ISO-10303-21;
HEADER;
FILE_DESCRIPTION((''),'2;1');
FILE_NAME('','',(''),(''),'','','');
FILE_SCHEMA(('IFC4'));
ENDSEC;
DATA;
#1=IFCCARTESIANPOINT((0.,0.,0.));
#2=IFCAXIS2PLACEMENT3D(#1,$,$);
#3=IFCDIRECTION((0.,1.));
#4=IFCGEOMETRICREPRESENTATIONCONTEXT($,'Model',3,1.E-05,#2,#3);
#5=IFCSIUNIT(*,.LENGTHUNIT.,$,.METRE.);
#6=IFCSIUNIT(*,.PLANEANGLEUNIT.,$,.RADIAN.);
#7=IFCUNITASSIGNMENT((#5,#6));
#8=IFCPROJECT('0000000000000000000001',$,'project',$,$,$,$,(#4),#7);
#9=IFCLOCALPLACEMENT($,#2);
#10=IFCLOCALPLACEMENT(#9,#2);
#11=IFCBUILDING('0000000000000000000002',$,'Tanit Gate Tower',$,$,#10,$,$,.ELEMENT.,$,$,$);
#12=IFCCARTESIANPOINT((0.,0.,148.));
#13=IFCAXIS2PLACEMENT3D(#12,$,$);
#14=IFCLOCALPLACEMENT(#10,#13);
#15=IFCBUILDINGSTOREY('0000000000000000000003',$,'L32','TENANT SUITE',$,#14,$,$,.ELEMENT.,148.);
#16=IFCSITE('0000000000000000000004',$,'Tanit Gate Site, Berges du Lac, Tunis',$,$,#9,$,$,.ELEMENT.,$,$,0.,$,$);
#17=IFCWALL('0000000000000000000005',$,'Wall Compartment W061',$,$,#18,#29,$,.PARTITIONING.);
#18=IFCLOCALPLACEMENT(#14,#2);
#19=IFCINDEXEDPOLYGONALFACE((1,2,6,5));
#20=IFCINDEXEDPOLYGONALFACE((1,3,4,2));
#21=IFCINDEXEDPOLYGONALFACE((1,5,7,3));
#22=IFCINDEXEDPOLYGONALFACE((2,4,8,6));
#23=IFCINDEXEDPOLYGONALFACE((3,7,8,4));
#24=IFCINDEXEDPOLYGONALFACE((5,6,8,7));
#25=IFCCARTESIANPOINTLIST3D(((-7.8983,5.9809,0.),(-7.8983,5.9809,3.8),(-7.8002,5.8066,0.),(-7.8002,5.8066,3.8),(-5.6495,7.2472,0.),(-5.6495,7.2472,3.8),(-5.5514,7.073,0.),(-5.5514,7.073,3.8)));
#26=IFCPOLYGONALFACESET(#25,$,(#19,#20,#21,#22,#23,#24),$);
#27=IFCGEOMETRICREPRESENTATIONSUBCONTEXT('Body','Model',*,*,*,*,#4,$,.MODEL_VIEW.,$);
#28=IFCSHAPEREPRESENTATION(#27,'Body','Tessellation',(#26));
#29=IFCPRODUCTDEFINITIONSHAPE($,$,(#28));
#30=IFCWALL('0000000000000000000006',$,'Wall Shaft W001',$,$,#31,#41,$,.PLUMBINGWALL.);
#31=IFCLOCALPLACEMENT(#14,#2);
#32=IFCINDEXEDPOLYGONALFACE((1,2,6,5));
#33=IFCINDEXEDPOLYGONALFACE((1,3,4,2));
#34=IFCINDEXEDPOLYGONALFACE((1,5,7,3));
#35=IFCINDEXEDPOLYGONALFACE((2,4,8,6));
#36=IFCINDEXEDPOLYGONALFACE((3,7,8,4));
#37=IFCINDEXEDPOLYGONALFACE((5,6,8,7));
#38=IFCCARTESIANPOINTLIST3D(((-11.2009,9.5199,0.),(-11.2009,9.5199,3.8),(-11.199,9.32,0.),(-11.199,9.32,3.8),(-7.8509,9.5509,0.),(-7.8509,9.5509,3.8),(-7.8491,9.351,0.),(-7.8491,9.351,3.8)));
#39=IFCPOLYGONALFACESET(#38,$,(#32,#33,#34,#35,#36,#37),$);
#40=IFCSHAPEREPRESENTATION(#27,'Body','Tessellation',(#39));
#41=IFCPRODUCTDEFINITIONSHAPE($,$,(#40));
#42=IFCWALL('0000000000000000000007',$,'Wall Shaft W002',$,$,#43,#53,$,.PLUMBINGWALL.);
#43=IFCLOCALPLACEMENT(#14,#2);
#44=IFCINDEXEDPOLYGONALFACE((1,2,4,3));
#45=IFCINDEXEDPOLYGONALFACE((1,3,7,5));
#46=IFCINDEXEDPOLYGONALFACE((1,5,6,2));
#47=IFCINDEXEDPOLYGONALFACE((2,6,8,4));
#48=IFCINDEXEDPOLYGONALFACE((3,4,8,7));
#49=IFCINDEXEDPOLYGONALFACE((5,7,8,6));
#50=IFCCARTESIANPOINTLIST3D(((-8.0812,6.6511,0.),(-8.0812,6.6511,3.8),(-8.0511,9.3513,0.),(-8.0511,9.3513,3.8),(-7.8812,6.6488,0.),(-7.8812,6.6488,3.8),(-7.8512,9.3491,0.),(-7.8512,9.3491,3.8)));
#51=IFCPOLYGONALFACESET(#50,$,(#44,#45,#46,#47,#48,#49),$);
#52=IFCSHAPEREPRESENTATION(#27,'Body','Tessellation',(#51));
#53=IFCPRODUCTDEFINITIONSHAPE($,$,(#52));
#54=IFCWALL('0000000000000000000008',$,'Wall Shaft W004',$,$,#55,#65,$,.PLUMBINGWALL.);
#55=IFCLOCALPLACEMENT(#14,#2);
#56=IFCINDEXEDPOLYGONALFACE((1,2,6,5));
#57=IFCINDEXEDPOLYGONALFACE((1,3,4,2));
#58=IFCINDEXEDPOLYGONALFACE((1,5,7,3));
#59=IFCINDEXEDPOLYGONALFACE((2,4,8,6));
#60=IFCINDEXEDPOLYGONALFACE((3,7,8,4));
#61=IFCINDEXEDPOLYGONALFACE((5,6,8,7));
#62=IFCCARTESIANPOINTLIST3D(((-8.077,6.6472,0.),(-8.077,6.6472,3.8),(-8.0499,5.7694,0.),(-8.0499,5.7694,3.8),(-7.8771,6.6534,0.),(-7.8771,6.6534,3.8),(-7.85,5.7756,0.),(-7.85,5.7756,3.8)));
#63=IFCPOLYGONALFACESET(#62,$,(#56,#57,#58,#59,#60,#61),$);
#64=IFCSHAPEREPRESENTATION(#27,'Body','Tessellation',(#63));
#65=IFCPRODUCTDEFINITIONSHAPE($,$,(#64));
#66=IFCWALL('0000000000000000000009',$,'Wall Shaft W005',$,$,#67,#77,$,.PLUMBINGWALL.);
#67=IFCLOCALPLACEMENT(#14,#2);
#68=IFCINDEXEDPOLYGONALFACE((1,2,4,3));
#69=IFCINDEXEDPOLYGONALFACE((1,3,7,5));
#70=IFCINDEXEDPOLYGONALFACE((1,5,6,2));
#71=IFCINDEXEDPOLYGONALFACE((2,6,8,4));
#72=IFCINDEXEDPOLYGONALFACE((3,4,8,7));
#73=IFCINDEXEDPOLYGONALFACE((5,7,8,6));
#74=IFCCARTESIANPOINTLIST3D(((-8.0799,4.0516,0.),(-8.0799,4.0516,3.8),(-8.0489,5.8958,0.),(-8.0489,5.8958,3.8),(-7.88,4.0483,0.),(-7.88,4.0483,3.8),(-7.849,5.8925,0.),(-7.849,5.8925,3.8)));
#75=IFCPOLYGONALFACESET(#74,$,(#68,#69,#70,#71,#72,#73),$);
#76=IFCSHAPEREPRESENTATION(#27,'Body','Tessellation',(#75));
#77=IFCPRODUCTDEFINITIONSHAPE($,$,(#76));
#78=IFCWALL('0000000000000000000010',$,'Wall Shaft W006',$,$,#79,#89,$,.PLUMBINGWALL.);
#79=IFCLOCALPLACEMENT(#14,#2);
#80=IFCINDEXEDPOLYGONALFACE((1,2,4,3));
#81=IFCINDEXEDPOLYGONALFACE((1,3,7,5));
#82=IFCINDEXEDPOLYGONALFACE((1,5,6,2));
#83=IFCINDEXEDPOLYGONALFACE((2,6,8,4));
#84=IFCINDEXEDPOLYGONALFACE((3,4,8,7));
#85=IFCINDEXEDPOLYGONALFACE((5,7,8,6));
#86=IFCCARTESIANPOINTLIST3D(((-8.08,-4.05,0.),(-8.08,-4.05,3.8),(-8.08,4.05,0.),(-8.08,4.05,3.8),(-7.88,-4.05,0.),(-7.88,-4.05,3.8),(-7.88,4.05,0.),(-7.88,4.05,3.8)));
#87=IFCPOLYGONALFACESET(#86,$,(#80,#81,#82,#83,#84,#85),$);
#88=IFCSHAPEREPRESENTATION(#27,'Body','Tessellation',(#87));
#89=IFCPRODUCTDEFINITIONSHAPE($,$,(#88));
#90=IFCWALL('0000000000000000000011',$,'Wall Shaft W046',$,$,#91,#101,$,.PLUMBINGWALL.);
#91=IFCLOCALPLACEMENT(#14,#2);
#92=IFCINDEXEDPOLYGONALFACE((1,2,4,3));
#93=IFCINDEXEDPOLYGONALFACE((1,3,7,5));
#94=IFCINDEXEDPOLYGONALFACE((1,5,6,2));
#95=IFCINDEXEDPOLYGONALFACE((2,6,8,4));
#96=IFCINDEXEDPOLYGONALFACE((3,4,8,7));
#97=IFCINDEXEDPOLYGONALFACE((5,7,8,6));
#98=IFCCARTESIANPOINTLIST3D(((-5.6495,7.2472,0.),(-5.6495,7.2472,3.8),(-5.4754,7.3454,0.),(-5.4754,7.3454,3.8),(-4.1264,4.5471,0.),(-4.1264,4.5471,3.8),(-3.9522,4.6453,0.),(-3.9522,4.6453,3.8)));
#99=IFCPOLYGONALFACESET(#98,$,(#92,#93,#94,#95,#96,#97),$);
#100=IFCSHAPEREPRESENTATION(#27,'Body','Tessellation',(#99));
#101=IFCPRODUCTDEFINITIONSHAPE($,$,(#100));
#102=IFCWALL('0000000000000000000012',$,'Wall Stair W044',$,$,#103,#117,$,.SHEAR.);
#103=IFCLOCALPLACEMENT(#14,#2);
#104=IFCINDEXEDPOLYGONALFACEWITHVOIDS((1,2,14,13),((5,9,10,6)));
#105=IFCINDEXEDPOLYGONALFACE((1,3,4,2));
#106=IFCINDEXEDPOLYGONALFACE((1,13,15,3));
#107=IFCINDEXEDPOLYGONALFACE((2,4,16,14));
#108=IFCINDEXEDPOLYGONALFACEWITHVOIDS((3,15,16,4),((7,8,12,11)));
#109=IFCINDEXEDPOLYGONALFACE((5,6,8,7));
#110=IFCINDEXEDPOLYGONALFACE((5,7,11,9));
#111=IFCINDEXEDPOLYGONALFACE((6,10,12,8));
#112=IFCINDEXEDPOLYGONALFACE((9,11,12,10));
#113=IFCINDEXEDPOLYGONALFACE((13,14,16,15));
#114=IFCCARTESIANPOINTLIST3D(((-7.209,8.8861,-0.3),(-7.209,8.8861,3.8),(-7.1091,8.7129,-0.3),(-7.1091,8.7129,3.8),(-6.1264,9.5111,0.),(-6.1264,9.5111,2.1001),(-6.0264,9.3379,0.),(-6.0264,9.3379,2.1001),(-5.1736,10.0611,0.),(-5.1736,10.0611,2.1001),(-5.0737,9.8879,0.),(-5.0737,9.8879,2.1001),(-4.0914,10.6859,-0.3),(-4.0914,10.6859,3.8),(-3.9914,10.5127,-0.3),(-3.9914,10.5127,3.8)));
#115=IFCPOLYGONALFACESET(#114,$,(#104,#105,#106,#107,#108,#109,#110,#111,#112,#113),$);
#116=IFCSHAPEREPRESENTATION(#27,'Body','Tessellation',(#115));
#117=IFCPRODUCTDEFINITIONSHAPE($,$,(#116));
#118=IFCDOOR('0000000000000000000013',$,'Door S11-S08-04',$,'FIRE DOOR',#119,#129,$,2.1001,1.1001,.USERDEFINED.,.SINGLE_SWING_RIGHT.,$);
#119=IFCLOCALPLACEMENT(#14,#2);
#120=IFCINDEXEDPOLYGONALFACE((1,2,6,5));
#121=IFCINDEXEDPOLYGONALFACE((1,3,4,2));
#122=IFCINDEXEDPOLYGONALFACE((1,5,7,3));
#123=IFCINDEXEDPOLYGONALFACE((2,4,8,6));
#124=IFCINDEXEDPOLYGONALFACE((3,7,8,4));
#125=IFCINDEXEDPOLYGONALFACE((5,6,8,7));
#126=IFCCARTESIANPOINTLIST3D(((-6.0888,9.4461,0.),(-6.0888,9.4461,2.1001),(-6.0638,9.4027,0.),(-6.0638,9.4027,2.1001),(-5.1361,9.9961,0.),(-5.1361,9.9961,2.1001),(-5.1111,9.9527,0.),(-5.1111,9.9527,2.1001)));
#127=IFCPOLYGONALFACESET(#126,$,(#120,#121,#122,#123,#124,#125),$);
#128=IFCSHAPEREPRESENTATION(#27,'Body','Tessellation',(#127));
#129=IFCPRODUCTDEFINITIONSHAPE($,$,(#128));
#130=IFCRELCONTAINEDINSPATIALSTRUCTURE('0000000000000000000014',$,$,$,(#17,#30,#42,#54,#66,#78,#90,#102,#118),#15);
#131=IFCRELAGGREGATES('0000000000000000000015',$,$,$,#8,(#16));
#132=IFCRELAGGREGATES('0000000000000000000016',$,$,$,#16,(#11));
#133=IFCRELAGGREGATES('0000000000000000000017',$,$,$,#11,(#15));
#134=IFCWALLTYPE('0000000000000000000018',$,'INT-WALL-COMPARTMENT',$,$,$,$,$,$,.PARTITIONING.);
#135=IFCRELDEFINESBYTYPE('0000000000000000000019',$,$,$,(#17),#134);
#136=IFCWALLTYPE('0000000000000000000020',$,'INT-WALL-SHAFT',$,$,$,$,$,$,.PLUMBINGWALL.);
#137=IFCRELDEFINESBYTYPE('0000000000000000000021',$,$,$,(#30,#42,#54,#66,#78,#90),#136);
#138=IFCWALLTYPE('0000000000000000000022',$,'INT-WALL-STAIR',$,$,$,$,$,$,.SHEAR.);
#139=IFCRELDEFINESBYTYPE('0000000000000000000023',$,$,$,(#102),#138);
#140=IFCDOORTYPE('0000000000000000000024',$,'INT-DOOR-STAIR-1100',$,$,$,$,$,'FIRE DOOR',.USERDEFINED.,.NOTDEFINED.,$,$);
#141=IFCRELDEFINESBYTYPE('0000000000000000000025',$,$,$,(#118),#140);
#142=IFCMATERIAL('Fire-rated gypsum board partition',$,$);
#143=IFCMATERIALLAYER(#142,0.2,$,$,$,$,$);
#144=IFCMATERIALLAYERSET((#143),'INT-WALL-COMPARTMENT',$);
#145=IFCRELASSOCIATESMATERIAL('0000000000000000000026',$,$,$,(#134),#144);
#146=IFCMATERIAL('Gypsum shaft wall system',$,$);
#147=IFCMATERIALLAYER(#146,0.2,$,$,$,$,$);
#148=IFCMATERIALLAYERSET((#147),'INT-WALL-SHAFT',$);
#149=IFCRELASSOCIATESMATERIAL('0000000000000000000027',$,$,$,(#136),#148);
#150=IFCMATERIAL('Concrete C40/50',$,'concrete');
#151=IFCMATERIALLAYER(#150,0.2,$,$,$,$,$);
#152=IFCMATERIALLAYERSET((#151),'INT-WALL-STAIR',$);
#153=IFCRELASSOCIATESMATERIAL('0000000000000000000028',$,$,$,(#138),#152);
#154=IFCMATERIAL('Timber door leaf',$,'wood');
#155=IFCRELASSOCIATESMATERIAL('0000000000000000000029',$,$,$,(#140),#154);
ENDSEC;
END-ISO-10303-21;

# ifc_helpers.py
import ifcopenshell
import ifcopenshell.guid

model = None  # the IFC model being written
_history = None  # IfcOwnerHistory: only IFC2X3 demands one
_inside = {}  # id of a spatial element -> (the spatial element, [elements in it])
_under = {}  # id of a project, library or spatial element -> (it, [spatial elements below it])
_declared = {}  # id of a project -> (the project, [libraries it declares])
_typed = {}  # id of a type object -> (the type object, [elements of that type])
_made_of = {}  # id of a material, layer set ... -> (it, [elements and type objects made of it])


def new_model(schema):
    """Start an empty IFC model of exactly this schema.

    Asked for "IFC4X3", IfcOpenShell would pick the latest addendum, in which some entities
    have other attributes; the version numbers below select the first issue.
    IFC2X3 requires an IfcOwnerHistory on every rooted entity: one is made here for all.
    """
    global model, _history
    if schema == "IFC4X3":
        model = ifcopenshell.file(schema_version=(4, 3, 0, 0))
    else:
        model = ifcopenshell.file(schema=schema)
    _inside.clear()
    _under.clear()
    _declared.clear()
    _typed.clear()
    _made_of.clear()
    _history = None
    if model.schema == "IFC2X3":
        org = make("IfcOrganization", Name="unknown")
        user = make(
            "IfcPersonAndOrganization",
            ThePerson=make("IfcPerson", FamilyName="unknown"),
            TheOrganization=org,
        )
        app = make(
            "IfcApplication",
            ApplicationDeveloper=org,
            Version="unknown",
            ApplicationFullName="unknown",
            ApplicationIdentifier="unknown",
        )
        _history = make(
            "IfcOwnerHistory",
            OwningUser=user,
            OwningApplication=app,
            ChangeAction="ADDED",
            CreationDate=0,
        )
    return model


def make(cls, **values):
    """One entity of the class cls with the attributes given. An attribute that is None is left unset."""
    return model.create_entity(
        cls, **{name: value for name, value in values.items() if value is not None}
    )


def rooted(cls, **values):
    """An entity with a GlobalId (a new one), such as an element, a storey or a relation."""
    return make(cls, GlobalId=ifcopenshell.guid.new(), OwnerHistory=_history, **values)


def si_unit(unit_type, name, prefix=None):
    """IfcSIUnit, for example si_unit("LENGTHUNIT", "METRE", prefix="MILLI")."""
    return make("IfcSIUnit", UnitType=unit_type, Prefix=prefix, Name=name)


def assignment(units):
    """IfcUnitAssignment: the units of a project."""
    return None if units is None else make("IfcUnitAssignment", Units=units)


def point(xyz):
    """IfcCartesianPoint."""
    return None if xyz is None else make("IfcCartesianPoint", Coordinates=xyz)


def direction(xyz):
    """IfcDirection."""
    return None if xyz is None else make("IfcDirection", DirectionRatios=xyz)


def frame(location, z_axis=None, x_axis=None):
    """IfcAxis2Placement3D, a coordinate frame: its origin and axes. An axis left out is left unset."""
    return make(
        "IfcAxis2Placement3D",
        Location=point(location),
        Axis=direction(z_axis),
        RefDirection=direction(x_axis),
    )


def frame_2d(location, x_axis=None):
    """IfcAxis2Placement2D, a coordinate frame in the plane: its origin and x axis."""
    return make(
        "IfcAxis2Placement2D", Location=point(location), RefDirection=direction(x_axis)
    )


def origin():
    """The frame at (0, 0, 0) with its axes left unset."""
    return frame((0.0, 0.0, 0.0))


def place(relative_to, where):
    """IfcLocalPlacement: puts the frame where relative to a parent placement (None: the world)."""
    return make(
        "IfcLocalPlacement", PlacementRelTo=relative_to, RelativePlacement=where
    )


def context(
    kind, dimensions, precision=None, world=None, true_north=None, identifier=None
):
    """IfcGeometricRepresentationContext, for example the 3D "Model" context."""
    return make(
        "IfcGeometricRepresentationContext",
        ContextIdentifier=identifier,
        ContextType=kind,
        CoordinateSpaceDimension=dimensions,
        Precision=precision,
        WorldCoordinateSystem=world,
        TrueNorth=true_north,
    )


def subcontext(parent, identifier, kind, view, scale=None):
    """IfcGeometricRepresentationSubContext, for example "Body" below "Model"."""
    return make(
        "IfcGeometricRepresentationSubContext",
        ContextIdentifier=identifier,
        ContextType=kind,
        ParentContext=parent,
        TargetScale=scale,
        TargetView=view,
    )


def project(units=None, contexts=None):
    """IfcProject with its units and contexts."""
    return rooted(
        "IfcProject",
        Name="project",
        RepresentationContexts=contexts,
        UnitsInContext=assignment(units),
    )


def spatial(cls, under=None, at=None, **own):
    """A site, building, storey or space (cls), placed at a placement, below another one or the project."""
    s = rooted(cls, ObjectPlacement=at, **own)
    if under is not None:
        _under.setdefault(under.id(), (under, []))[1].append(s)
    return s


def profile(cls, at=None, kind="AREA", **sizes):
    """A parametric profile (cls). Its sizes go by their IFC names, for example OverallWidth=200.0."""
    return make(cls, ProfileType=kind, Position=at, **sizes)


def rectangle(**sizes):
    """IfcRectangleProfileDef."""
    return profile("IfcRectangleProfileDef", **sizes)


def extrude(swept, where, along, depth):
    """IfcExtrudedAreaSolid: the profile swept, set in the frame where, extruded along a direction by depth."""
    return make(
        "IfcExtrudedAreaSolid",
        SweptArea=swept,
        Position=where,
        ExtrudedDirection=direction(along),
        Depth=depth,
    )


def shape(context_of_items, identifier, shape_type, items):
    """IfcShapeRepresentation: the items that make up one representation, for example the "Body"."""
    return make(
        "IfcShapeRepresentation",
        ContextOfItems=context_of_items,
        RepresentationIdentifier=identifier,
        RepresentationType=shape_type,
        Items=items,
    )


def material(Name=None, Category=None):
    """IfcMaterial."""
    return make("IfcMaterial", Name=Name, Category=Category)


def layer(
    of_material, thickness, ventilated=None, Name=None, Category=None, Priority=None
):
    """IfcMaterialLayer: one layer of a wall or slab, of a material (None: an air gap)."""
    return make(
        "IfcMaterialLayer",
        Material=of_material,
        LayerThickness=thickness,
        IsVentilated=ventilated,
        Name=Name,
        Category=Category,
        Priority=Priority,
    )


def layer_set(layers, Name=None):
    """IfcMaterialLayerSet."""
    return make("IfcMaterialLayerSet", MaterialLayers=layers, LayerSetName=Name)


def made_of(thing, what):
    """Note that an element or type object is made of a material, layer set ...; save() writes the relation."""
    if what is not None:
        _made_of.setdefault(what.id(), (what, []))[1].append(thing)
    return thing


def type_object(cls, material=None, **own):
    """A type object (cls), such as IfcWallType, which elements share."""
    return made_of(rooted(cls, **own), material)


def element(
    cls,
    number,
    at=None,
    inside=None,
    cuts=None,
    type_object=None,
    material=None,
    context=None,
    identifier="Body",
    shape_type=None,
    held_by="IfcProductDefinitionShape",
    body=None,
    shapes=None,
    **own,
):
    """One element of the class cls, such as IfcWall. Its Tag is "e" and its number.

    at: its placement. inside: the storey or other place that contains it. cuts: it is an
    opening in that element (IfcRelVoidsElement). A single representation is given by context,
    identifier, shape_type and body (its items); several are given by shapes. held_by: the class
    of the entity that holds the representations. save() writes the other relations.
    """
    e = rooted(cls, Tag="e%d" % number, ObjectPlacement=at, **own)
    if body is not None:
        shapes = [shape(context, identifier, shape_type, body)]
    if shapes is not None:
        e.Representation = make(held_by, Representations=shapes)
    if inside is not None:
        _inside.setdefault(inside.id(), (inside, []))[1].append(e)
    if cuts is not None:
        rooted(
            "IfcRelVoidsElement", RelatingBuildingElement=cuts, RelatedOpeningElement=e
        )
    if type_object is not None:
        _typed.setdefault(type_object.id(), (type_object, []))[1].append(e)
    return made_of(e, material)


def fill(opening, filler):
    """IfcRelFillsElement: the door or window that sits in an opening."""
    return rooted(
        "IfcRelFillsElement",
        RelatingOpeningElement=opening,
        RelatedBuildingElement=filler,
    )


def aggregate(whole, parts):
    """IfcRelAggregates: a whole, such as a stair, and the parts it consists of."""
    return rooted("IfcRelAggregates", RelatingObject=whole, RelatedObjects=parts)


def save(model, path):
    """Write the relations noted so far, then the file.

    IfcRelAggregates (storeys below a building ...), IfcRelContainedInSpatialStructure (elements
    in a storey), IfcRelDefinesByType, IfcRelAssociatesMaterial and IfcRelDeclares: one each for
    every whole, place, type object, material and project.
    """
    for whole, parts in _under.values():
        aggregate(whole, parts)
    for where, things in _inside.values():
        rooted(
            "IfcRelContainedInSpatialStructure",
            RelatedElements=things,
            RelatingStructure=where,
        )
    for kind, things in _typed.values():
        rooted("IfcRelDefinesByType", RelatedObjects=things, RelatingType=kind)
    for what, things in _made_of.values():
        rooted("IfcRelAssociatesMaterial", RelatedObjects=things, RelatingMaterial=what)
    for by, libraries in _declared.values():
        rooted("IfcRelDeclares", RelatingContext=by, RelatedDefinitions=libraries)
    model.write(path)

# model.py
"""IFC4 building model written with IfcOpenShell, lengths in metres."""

from ifc_helpers import new_model, si_unit, direction, frame, frame_2d, origin, place, context, subcontext, project, spatial, rectangle, extrude, material, layer, layer_set, type_object, element, fill, save


model = new_model("IFC4")

# Units and contexts
model_context = context("Model", 3, precision=1e-05, world=origin(), true_north=direction((0.0, 1.0)))
body_context = subcontext(model_context, "Body", "Model", "MODEL_VIEW")
ifc_project = project(units=[si_unit("LENGTHUNIT", "METRE"), si_unit("PLANEANGLEUNIT", "RADIAN")], contexts=[model_context])

# Site, building, storey
site_placement = place(None, origin())
site = spatial("IfcSite", under=ifc_project, at=site_placement, Name="Tanit Gate Site, Berges du Lac, Tunis", CompositionType="ELEMENT", RefElevation=0.0)
building_placement = place(site_placement, origin())
building = spatial("IfcBuilding", under=site, at=building_placement, Name="Tanit Gate Tower", CompositionType="ELEMENT")
storey_placement = place(building_placement, frame((0.0, 0.0, 148.0)))
storey = spatial("IfcBuildingStorey", under=building, at=storey_placement, Name="L32", Description="TENANT SUITE", CompositionType="ELEMENT", Elevation=148.0)

# Walls
ifc_material_1 = material(Name="Fire-rated gypsum board partition")
ifc_layer_1 = layer(ifc_material_1, 0.2)
ifc_layer_set_1 = layer_set([ifc_layer_1], Name="INT-WALL-COMPARTMENT")
wall_type_1 = type_object("IfcWallType", Name="INT-WALL-COMPARTMENT", PredefinedType="PARTITIONING", material=ifc_layer_set_1)
wall_1_placement = place(storey_placement, frame((-5.6003, 7.1602, 0.0), z_axis=(0.0, 0.0, 1.0), x_axis=(-0.87134, -0.490679, 0.0)))
element("IfcWall", 1, at=wall_1_placement, inside=storey, type_object=wall_type_1, Name="Wall Compartment W061", PredefinedType="PARTITIONING", context=body_context, shape_type="SweptSolid", body=[
    extrude(rectangle(XDim=2.5808, YDim=0.2, at=frame_2d((1.2905, 0.0))), origin(), (0.0, 0.0, 1.0), 3.8),
])
ifc_material_2 = material(Name="Gypsum shaft wall system")
ifc_layer_2 = layer(ifc_material_2, 0.2)
ifc_layer_set_2 = layer_set([ifc_layer_2], Name="INT-WALL-SHAFT")
wall_type_2 = type_object("IfcWallType", Name="INT-WALL-SHAFT", PredefinedType="PLUMBINGWALL", material=ifc_layer_set_2)
wall_2_placement = place(storey_placement, frame((-11.2, 9.4199, 0.0), z_axis=(0.0, 0.0, 1.0), x_axis=(0.999957, 0.009255, 0.0)))
element("IfcWall", 2, at=wall_2_placement, inside=storey, type_object=wall_type_2, Name="Wall Shaft W001", PredefinedType="PLUMBINGWALL", context=body_context, shape_type="SweptSolid", body=[
    extrude(rectangle(XDim=3.3501, YDim=0.2, at=frame_2d((1.675, 0.0))), origin(), (0.0, 0.0, 1.0), 3.8),
])
wall_3_placement = place(storey_placement, frame((-7.9512, 9.3501, 0.0), z_axis=(0.0, 0.0, 1.0), x_axis=(-0.01112, -0.999938, 0.0)))
element("IfcWall", 3, at=wall_3_placement, inside=storey, type_object=wall_type_2, Name="Wall Shaft W002", PredefinedType="PLUMBINGWALL", context=body_context, shape_type="SweptSolid", body=[
    extrude(rectangle(XDim=2.7004, YDim=0.2, at=frame_2d((1.3501, 0.0))), origin(), (0.0, 0.0, 1.0), 3.8),
])
wall_4_placement = place(storey_placement, frame((-7.9771, 6.6501, 0.0), z_axis=(0.0, 0.0, 1.0), x_axis=(0.030862, -0.999524, 0.0)))
element("IfcWall", 4, at=wall_4_placement, inside=storey, type_object=wall_type_2, Name="Wall Shaft W004", PredefinedType="PLUMBINGWALL", context=body_context, shape_type="SweptSolid", body=[
    extrude(rectangle(XDim=0.8782, YDim=0.2, at=frame_2d((0.439, 0.0))), origin(), (0.0, 0.0, 1.0), 3.8),
])
wall_5_placement = place(storey_placement, frame((-7.949, 5.8943, 0.0), z_axis=(0.0, 0.0, 1.0), x_axis=(-0.01681, -0.999859, 0.0)))
element("IfcWall", 5, at=wall_5_placement, inside=storey, type_object=wall_type_2, Name="Wall Shaft W005", PredefinedType="PLUMBINGWALL", context=body_context, shape_type="SweptSolid", body=[
    extrude(rectangle(XDim=1.8445, YDim=0.2, at=frame_2d((0.9224, 0.0))), origin(), (0.0, 0.0, 1.0), 3.8),
])
wall_6_placement = place(storey_placement, frame((-7.98, 4.05, 0.0), z_axis=(0.0, 0.0, 1.0), x_axis=(0.0, -1.0, 0.0)))
element("IfcWall", 6, at=wall_6_placement, inside=storey, type_object=wall_type_2, Name="Wall Shaft W006", PredefinedType="PLUMBINGWALL", context=body_context, shape_type="SweptSolid", body=[
    extrude(rectangle(XDim=8.1001, YDim=0.2, at=frame_2d((4.05, 0.0))), origin(), (0.0, 0.0, 1.0), 3.8),
])

# Wall
wall_7_placement = place(storey_placement, frame((-4.0393, 4.5962, 0.0), z_axis=(0.0, 0.0, 1.0), x_axis=(-0.491323, 0.870978, 0.0)))
element("IfcWall", 7, at=wall_7_placement, inside=storey, type_object=wall_type_2, Name="Wall Shaft W046", PredefinedType="PLUMBINGWALL", context=body_context, shape_type="SweptSolid", body=[
    extrude(rectangle(XDim=3.1001, YDim=0.2, at=frame_2d((1.55, 0.0))), origin(), (0.0, 0.0, 1.0), 3.8),
])

# Wall, opening, door
ifc_material_3 = material(Name="Concrete C40/50", Category="concrete")
ifc_layer_3 = layer(ifc_material_3, 0.2)
ifc_layer_set_3 = layer_set([ifc_layer_3], Name="INT-WALL-STAIR")
wall_type_3 = type_object("IfcWallType", Name="INT-WALL-STAIR", PredefinedType="SHEAR", material=ifc_layer_set_3)
wall_8_placement = place(storey_placement, frame((-7.1589, 8.7996, -0.3), z_axis=(0.0, 0.0, 1.0), x_axis=(0.866048, 0.499961, 0.0)))
wall_8 = element("IfcWall", 8, at=wall_8_placement, inside=storey, type_object=wall_type_3, Name="Wall Stair W044", PredefinedType="SHEAR", context=body_context, shape_type="SweptSolid", body=[
    extrude(rectangle(XDim=3.5999, YDim=0.2, at=frame_2d((1.7998, 0.0))), origin(), (0.0, 0.0, 1.0), 4.1001),
])
opening_1_placement = place(wall_8_placement, frame((1.25, 0.0, 0.3)))
opening_1 = element("IfcOpeningElement", 9, at=opening_1_placement, cuts=wall_8, PredefinedType="OPENING", context=body_context, shape_type="SweptSolid", body=[
    extrude(rectangle(XDim=1.1001, YDim=2.1001, at=frame_2d((0.55, 1.05))), frame((0.0, 0.1099, 0.0), z_axis=(0.0, -1.0, 0.0), x_axis=(1.0, 0.0, 0.0)), (0.0, 0.0, 1.0), 0.22),
])
ifc_material_4 = material(Name="Timber door leaf", Category="wood")
door_type_1 = type_object("IfcDoorType", Name="INT-DOOR-STAIR-1100", ElementType="FIRE DOOR", OperationType="NOTDEFINED", PredefinedType="USERDEFINED", material=ifc_material_4)
door_1_placement = place(opening_1_placement, origin())
door_1 = element("IfcDoor", 10, at=door_1_placement, inside=storey, type_object=door_type_1, Name="Door S11-S08-04", ObjectType="FIRE DOOR", OperationType="SINGLE_SWING_RIGHT", OverallHeight=2.1001, OverallWidth=1.1001, PredefinedType="USERDEFINED", context=body_context, shape_type="SweptSolid", body=[
    extrude(rectangle(XDim=1.1001, YDim=2.1001, at=frame_2d((0.55, 1.05))), frame((0.0, 0.0249, 0.0), z_axis=(0.0, -1.0, 0.0), x_axis=(1.0, 0.0, 0.0)), (0.0, 0.0, 1.0), 0.05),
])
fill(opening_1, door_1)

save(model, "model.ifc")
